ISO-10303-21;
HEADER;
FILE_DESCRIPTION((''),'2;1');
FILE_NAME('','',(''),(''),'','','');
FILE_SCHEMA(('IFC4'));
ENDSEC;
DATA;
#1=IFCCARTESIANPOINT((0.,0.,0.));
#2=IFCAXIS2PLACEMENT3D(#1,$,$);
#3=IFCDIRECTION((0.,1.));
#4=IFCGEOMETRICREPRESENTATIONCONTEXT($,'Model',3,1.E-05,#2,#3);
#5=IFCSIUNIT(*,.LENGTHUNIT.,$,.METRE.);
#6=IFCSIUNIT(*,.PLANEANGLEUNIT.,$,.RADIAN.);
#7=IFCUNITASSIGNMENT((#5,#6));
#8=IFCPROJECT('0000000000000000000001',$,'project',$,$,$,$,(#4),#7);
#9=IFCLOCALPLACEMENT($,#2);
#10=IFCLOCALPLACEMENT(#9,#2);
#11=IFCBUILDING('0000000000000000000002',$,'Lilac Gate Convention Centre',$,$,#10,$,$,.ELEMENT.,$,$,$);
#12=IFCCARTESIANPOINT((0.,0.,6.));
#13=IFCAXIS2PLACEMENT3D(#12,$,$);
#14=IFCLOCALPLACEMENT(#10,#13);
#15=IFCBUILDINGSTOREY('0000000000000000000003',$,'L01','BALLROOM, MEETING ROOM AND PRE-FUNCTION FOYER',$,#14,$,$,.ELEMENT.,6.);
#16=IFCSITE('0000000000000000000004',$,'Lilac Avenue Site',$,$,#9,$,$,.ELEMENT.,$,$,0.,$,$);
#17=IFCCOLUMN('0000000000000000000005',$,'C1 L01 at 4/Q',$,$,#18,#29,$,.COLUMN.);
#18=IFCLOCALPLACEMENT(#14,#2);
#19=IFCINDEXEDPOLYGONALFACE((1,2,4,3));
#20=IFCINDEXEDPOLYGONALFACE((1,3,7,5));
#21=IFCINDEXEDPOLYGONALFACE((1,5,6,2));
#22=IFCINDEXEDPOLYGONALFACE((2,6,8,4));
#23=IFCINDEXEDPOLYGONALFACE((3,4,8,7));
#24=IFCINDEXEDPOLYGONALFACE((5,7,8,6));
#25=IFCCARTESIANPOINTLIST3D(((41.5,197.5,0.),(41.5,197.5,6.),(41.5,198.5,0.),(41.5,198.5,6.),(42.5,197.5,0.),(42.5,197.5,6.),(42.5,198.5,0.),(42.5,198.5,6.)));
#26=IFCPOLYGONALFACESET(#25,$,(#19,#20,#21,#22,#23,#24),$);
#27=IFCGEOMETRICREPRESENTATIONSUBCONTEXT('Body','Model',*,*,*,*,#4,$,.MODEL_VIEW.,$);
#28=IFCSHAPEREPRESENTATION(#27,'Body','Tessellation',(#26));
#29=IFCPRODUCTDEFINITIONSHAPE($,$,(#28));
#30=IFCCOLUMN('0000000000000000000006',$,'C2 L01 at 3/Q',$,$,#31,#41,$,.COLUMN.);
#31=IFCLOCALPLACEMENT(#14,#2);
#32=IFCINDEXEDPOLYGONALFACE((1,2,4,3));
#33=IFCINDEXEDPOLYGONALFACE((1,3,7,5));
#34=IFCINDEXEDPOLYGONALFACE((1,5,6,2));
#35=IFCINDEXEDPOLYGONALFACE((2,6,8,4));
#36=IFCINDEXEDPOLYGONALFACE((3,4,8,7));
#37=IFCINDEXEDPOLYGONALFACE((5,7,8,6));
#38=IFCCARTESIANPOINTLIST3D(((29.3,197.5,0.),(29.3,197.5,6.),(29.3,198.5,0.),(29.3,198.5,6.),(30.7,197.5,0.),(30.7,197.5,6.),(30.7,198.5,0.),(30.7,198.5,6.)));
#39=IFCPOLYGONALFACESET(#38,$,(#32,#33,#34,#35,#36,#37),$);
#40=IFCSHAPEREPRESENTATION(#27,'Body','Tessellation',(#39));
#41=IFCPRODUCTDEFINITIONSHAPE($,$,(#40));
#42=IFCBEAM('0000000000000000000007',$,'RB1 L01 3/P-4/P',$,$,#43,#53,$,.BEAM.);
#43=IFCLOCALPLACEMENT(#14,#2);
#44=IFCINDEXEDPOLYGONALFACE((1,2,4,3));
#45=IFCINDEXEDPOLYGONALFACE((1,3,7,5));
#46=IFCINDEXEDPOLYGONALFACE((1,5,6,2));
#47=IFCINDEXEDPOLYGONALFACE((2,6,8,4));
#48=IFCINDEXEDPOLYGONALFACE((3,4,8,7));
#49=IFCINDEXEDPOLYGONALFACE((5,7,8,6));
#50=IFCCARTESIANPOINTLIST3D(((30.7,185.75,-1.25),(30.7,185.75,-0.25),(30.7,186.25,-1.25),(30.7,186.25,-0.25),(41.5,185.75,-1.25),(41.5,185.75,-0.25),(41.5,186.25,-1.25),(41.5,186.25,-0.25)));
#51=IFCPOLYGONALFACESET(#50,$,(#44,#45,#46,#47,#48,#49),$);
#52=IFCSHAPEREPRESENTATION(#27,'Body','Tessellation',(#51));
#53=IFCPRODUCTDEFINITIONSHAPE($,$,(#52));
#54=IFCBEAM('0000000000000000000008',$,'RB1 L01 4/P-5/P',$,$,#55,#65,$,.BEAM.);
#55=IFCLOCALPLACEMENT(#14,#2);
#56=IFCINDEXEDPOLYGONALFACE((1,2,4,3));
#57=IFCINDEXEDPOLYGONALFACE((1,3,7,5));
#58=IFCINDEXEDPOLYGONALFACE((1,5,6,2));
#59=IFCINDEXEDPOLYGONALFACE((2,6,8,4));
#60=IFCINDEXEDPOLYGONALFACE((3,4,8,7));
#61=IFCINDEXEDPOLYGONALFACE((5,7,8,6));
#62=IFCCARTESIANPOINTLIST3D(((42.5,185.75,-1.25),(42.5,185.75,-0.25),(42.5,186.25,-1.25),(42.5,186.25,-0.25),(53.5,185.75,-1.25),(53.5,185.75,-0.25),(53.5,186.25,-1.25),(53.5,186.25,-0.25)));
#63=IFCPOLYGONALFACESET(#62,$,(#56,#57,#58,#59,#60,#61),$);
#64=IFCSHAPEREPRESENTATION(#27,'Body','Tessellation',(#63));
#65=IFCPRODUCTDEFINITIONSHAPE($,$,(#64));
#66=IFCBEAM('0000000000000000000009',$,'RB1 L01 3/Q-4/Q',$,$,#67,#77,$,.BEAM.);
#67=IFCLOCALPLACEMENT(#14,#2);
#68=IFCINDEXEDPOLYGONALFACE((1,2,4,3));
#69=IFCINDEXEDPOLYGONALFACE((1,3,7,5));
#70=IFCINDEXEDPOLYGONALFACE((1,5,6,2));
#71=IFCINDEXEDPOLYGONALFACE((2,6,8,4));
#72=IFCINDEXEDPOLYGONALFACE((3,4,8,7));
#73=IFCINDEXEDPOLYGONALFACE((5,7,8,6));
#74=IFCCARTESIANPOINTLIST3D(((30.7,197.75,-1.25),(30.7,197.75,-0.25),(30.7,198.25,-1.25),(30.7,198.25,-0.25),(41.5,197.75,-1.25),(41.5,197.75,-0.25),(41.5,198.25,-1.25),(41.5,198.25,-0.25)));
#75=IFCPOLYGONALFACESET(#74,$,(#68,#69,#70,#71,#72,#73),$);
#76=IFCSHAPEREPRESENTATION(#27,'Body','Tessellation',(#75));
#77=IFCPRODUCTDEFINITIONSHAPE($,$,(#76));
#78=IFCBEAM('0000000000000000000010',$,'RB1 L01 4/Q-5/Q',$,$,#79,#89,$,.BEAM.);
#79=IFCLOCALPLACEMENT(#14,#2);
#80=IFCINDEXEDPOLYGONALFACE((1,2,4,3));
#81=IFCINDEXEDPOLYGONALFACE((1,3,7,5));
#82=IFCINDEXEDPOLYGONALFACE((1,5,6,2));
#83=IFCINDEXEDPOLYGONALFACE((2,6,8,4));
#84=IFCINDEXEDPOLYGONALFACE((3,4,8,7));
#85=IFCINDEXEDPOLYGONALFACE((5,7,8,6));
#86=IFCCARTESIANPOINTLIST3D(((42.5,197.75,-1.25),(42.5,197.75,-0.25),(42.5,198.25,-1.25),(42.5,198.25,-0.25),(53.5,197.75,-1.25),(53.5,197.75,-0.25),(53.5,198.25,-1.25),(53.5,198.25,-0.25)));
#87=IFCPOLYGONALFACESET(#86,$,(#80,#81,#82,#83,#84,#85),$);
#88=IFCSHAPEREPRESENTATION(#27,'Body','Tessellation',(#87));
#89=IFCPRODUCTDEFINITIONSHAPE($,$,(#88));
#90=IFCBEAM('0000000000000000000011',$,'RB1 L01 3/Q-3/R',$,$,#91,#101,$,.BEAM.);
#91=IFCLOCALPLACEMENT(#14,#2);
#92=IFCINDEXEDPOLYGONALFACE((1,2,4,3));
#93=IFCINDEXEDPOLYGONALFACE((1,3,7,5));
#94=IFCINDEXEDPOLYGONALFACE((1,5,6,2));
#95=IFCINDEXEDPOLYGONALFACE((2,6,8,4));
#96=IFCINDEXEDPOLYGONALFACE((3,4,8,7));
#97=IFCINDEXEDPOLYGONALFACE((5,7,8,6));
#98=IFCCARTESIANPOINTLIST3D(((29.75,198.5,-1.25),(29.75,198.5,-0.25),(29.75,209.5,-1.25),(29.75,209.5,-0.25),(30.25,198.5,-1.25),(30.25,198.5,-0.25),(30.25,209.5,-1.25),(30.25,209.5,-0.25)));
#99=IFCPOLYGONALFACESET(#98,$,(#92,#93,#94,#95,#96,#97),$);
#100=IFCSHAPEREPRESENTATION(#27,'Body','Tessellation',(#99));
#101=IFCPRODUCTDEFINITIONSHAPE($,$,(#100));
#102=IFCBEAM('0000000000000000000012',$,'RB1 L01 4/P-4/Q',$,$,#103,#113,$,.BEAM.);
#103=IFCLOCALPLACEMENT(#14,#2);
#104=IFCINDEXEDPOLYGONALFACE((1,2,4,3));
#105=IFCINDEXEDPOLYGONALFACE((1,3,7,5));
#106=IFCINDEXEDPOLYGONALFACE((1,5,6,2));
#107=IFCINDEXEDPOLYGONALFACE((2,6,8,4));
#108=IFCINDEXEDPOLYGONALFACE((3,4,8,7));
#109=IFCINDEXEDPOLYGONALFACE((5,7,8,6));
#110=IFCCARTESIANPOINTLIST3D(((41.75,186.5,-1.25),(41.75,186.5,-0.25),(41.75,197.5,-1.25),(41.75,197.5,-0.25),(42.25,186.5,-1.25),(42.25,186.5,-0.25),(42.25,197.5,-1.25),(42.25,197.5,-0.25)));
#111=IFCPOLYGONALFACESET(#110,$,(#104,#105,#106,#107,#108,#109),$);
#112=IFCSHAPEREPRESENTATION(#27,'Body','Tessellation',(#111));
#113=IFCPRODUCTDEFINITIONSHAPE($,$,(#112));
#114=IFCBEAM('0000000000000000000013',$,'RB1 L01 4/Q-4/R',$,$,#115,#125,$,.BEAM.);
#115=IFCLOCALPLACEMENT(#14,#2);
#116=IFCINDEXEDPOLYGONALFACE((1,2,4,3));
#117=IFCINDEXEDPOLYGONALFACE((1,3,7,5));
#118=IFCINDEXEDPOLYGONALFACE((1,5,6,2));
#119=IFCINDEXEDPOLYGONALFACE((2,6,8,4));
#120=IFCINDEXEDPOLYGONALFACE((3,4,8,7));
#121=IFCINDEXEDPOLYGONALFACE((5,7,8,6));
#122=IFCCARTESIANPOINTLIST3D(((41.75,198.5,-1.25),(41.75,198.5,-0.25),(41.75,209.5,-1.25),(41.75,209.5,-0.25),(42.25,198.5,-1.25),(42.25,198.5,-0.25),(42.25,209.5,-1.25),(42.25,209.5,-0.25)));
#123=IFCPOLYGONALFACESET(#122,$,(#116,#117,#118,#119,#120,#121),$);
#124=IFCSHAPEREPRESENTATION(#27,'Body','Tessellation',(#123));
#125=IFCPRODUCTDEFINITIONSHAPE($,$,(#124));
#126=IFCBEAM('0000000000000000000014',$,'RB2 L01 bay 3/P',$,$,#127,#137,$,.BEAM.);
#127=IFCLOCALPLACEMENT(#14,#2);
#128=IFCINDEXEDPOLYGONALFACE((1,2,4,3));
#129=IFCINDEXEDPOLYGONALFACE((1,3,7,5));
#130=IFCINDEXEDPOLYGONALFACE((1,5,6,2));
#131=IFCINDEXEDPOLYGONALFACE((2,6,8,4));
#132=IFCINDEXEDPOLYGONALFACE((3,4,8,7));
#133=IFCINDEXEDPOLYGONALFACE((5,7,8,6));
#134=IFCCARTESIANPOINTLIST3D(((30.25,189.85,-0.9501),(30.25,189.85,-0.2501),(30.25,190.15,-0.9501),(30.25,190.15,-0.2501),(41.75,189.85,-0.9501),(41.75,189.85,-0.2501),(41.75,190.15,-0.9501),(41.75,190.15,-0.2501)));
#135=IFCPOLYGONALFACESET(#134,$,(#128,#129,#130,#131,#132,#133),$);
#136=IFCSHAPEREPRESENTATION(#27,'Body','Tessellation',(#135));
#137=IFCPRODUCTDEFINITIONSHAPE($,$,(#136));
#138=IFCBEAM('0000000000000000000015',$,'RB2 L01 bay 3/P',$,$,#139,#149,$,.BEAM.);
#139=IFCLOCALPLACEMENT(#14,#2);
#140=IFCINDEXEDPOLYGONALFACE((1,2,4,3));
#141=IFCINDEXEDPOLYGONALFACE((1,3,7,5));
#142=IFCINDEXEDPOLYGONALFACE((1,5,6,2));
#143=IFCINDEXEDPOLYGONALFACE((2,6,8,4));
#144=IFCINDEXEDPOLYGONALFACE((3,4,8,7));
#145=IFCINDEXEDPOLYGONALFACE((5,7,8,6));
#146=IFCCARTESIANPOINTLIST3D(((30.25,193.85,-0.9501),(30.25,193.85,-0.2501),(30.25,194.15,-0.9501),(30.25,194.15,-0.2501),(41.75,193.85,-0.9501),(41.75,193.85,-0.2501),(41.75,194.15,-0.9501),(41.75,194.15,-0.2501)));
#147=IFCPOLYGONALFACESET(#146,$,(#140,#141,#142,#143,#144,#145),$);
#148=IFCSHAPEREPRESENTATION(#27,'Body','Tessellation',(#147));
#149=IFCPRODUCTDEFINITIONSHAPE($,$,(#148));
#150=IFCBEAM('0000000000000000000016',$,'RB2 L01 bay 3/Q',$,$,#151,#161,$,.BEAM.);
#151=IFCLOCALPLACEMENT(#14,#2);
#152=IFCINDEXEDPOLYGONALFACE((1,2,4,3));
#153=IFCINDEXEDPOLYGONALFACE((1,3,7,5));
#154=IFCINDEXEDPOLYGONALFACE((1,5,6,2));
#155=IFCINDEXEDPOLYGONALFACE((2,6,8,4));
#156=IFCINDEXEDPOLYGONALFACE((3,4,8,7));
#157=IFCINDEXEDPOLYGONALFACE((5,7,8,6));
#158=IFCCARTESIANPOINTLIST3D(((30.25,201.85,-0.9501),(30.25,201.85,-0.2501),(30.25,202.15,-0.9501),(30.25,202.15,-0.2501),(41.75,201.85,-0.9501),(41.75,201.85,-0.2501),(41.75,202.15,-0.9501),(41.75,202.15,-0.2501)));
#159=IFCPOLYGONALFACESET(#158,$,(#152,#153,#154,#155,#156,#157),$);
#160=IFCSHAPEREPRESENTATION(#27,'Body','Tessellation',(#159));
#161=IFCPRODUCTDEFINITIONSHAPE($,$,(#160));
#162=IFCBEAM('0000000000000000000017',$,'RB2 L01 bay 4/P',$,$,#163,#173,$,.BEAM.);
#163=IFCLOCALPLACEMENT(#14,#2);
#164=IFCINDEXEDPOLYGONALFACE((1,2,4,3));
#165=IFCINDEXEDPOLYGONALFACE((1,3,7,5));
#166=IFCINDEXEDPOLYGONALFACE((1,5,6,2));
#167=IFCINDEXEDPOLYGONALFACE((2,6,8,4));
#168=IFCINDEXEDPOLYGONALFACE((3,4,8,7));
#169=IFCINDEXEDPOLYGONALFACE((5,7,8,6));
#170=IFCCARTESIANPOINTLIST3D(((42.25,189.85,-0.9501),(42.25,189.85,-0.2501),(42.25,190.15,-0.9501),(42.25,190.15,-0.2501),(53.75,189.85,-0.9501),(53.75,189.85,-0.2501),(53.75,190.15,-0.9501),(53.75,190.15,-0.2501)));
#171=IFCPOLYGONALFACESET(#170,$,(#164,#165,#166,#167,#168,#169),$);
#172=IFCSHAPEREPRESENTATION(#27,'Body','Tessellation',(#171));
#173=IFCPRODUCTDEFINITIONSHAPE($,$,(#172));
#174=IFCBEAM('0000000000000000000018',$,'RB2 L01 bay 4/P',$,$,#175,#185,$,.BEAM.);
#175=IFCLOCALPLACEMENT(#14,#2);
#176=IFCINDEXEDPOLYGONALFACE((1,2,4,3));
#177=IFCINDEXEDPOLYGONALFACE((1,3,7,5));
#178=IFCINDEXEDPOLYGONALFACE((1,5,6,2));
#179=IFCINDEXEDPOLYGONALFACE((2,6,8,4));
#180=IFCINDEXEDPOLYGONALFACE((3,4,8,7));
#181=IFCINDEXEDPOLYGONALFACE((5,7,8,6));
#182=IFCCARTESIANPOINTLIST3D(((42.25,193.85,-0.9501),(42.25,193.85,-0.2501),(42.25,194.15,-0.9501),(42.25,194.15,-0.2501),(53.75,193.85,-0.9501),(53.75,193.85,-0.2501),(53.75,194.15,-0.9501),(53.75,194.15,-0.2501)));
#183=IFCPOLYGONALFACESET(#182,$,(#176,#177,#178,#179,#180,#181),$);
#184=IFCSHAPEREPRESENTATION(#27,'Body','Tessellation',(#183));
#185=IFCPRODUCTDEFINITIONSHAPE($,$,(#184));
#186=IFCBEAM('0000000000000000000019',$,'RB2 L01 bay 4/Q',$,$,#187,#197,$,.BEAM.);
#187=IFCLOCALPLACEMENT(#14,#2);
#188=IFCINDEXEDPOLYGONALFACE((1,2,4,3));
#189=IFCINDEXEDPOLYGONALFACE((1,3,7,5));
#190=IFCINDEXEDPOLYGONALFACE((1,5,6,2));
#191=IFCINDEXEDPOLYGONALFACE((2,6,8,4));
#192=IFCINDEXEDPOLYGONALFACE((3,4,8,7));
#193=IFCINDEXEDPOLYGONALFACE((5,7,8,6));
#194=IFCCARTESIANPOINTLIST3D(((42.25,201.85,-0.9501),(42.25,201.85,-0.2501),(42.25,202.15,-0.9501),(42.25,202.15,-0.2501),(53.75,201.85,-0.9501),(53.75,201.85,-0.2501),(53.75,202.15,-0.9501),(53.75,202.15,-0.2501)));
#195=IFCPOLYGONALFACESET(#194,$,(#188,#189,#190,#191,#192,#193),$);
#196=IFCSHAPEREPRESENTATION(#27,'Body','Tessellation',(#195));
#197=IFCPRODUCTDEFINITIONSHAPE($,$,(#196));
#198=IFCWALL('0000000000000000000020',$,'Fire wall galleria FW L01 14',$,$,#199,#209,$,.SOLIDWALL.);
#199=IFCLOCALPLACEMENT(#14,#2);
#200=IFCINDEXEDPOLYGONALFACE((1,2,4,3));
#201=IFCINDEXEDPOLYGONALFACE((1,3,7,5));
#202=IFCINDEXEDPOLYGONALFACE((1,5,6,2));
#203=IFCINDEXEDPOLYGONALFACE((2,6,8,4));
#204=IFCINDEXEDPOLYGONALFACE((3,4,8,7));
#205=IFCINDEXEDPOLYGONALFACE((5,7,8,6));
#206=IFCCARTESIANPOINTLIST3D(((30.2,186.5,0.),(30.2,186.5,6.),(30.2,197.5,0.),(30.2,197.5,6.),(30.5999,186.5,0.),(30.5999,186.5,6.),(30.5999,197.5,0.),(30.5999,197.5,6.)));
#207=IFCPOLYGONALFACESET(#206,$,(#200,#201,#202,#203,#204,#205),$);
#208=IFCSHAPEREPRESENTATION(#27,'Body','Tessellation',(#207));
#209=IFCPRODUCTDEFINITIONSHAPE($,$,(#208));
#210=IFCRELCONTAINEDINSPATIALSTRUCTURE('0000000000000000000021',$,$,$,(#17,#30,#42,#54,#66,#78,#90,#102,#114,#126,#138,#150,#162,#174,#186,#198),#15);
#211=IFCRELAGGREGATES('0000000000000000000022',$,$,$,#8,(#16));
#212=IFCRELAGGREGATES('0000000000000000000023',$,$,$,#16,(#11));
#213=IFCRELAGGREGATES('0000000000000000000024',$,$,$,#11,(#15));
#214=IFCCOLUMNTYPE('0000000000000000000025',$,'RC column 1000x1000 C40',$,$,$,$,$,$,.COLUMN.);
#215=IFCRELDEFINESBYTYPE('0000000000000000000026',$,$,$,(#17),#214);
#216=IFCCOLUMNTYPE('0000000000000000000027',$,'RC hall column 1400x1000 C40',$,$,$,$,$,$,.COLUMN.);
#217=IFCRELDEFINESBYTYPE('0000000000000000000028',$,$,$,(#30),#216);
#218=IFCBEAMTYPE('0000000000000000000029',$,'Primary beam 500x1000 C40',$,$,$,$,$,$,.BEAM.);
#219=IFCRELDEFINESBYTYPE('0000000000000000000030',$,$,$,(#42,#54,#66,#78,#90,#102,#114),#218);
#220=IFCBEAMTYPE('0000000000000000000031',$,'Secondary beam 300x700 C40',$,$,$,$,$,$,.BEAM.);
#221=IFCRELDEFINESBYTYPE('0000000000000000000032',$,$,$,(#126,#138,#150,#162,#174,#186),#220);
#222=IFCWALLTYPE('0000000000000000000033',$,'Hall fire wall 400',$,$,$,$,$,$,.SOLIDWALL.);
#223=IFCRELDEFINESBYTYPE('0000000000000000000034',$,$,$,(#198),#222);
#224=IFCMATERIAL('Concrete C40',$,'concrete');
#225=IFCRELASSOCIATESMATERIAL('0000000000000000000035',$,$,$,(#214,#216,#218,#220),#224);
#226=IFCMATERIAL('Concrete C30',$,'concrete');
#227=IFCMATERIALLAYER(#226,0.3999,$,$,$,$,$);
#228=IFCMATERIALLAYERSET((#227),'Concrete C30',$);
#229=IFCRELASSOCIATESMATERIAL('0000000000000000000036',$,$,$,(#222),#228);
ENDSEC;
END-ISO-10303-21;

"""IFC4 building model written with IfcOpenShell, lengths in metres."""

from ifc_helpers import new_model, si_unit, direction, frame, frame_2d, origin, origin_2d, place, context, subcontext, project, spatial, rectangle, extrude, material, layer, layer_set, material_profile, profile_set, type_object, element, save


model = new_model("IFC4")

# Units and contexts
model_context = context("Model", 3, precision=1e-05, world=origin(), true_north=direction((0.0, 1.0)))
body_context = subcontext(model_context, "Body", "Model", "MODEL_VIEW")
ifc_project = project(units=[si_unit("LENGTHUNIT", "METRE"), si_unit("PLANEANGLEUNIT", "RADIAN")], contexts=[model_context])

# Site, building, storey
site_placement = place(None, origin())
site = spatial("IfcSite", under=ifc_project, at=site_placement, Name="Lilac Avenue Site", CompositionType="ELEMENT", RefElevation=0.0)
building_placement = place(site_placement, origin())
building = spatial("IfcBuilding", under=site, at=building_placement, Name="Lilac Gate Convention Centre", CompositionType="ELEMENT")
storey_placement = place(building_placement, frame((0.0, 0.0, 6.0)))
storey = spatial("IfcBuildingStorey", under=building, at=storey_placement, Name="L01", Description="BALLROOM, MEETING ROOM AND PRE-FUNCTION FOYER", CompositionType="ELEMENT", Elevation=6.0)

# Columns
ifc_material_1 = material(Name="Concrete C40", Category="concrete")
ifc_material_profile_1 = material_profile(ifc_material_1, rectangle(XDim=1.0, YDim=1.0, at=origin_2d()), Name="RC 1000x1000")
ifc_profile_set_1 = profile_set([ifc_material_profile_1], Name="Concrete C40")
column_type_1 = type_object("IfcColumnType", Name="RC column 1000x1000 C40", PredefinedType="COLUMN", material=ifc_profile_set_1)
column_1_placement = place(storey_placement, frame((42.0, 198.0, 0.0), z_axis=(0.0, 0.0, 1.0), x_axis=(1.0, 0.0, 0.0)))
element("IfcColumn", 1, at=column_1_placement, inside=storey, type_object=column_type_1, Name="C1 L01 at 4/Q", PredefinedType="COLUMN", context=body_context, shape_type="SweptSolid", body=[
    extrude(rectangle(XDim=1.0, YDim=1.0, at=origin_2d()), origin(), (0.0, 0.0, 1.0), 6.0),
])
ifc_material_profile_2 = material_profile(ifc_material_1, rectangle(XDim=1.3999, YDim=1.0, at=origin_2d()), Name="RC 1400x1000")
ifc_profile_set_2 = profile_set([ifc_material_profile_2], Name="Concrete C40")
column_type_2 = type_object("IfcColumnType", Name="RC hall column 1400x1000 C40", PredefinedType="COLUMN", material=ifc_profile_set_2)
column_2_placement = place(storey_placement, frame((30.0, 198.0, 0.0), z_axis=(0.0, 0.0, 1.0), x_axis=(1.0, 0.0, 0.0)))
element("IfcColumn", 2, at=column_2_placement, inside=storey, type_object=column_type_2, Name="C2 L01 at 3/Q", PredefinedType="COLUMN", context=body_context, shape_type="SweptSolid", body=[
    extrude(rectangle(XDim=1.3999, YDim=1.0, at=origin_2d()), origin(), (0.0, 0.0, 1.0), 6.0),
])

# Beams
ifc_material_profile_3 = material_profile(ifc_material_1, rectangle(XDim=0.5, YDim=1.0, at=origin_2d()), Name="RC 500x1000")
ifc_profile_set_3 = profile_set([ifc_material_profile_3], Name="Concrete C40")
beam_type_1 = type_object("IfcBeamType", Name="Primary beam 500x1000 C40", PredefinedType="BEAM", material=ifc_profile_set_3)
beam_1_placement = place(storey_placement, frame((30.7, 186.0, -0.75), z_axis=(1.0, 0.0, 0.0), x_axis=(0.0, 1.0, 0.0)))
element("IfcBeam", 3, at=beam_1_placement, inside=storey, type_object=beam_type_1, Name="RB1 L01 3/P-4/P", PredefinedType="BEAM", context=body_context, shape_type="SweptSolid", body=[
    extrude(rectangle(XDim=0.5, YDim=1.0, at=origin_2d()), origin(), (0.0, 0.0, 1.0), 10.8),
])
beam_2_placement = place(storey_placement, frame((42.5, 186.0, -0.75), z_axis=(1.0, 0.0, 0.0), x_axis=(0.0, 1.0, 0.0)))
element("IfcBeam", 4, at=beam_2_placement, inside=storey, type_object=beam_type_1, Name="RB1 L01 4/P-5/P", PredefinedType="BEAM", context=body_context, shape_type="SweptSolid", body=[
    extrude(rectangle(XDim=0.5, YDim=1.0, at=origin_2d()), origin(), (0.0, 0.0, 1.0), 11.0),
])
beam_3_placement = place(storey_placement, frame((30.7, 198.0, -0.75), z_axis=(1.0, 0.0, 0.0), x_axis=(0.0, 1.0, 0.0)))
element("IfcBeam", 5, at=beam_3_placement, inside=storey, type_object=beam_type_1, Name="RB1 L01 3/Q-4/Q", PredefinedType="BEAM", context=body_context, shape_type="SweptSolid", body=[
    extrude(rectangle(XDim=0.5, YDim=1.0, at=origin_2d()), origin(), (0.0, 0.0, 1.0), 10.8),
])
for number, where, z_axis, x_axis, name in (
    (6, (42.5, 198.0, -0.75), (1.0, 0.0, 0.0), (0.0, 1.0, 0.0), "RB1 L01 4/Q-5/Q"),
    (7, (30.0, 198.5, -0.75), (0.0, 1.0, 0.0), (-1.0, 0.0, 0.0), "RB1 L01 3/Q-3/R"),
    (8, (42.0, 186.5, -0.75), (0.0, 1.0, 0.0), (-1.0, 0.0, 0.0), "RB1 L01 4/P-4/Q"),
    (9, (42.0, 198.5, -0.75), (0.0, 1.0, 0.0), (-1.0, 0.0, 0.0), "RB1 L01 4/Q-4/R"),
):
    element("IfcBeam", number, at=place(storey_placement, frame(where, z_axis=z_axis, x_axis=x_axis)), inside=storey, type_object=beam_type_1, Name=name, PredefinedType="BEAM", context=body_context, shape_type="SweptSolid", body=[
        extrude(rectangle(XDim=0.5, YDim=1.0, at=origin_2d()), origin(), (0.0, 0.0, 1.0), 11.0),
    ])
ifc_material_profile_4 = material_profile(ifc_material_1, rectangle(XDim=0.3, YDim=0.7, at=origin_2d()), Name="RC 300x700")
ifc_profile_set_4 = profile_set([ifc_material_profile_4], Name="Concrete C40")
beam_type_2 = type_object("IfcBeamType", Name="Secondary beam 300x700 C40", PredefinedType="BEAM", material=ifc_profile_set_4)
for number, where, z_axis, x_axis, name in (
    (10, (30.25, 190.0, -0.6001), (1.0, 0.0, 0.0), (0.0, 1.0, 0.0), "RB2 L01 bay 3/P"),
    (11, (30.25, 194.0, -0.6001), (1.0, 0.0, 0.0), (0.0, 1.0, 0.0), "RB2 L01 bay 3/P"),
    (12, (30.25, 202.0, -0.6001), (1.0, 0.0, 0.0), (0.0, 1.0, 0.0), "RB2 L01 bay 3/Q"),
    (13, (42.25, 190.0, -0.6001), (1.0, 0.0, 0.0), (0.0, 1.0, 0.0), "RB2 L01 bay 4/P"),
    (14, (42.25, 194.0, -0.6001), (1.0, 0.0, 0.0), (0.0, 1.0, 0.0), "RB2 L01 bay 4/P"),
    (15, (42.25, 202.0, -0.6001), (1.0, 0.0, 0.0), (0.0, 1.0, 0.0), "RB2 L01 bay 4/Q"),
):
    element("IfcBeam", number, at=place(storey_placement, frame(where, z_axis=z_axis, x_axis=x_axis)), inside=storey, type_object=beam_type_2, Name=name, PredefinedType="BEAM", context=body_context, shape_type="SweptSolid", body=[
        extrude(rectangle(XDim=0.3, YDim=0.7, at=origin_2d()), origin(), (0.0, 0.0, 1.0), 11.5),
    ])

# Wall
ifc_material_2 = material(Name="Concrete C30", Category="concrete")
ifc_layer_1 = layer(ifc_material_2, 0.3999)
ifc_layer_set_1 = layer_set([ifc_layer_1], Name="Concrete C30")
wall_type_1 = type_object("IfcWallType", Name="Hall fire wall 400", PredefinedType="SOLIDWALL", material=ifc_layer_set_1)
for number, where, z_axis, x_axis, name in (
    (16, (30.3999, 186.5, 0.0), (0.0, 0.0, 1.0), (0.0, 1.0, 0.0), "Fire wall galleria FW L01 14"),
):
    element("IfcWall", number, at=place(storey_placement, frame(where, z_axis=z_axis, x_axis=x_axis)), inside=storey, type_object=wall_type_1, Name=name, PredefinedType="SOLIDWALL", context=body_context, shape_type="SweptSolid", body=[
        extrude(rectangle(XDim=11.0, YDim=0.3999, at=frame_2d((5.5, 0.0))), origin(), (0.0, 0.0, 1.0), 6.0),
    ])

save(model, "model.ifc")
